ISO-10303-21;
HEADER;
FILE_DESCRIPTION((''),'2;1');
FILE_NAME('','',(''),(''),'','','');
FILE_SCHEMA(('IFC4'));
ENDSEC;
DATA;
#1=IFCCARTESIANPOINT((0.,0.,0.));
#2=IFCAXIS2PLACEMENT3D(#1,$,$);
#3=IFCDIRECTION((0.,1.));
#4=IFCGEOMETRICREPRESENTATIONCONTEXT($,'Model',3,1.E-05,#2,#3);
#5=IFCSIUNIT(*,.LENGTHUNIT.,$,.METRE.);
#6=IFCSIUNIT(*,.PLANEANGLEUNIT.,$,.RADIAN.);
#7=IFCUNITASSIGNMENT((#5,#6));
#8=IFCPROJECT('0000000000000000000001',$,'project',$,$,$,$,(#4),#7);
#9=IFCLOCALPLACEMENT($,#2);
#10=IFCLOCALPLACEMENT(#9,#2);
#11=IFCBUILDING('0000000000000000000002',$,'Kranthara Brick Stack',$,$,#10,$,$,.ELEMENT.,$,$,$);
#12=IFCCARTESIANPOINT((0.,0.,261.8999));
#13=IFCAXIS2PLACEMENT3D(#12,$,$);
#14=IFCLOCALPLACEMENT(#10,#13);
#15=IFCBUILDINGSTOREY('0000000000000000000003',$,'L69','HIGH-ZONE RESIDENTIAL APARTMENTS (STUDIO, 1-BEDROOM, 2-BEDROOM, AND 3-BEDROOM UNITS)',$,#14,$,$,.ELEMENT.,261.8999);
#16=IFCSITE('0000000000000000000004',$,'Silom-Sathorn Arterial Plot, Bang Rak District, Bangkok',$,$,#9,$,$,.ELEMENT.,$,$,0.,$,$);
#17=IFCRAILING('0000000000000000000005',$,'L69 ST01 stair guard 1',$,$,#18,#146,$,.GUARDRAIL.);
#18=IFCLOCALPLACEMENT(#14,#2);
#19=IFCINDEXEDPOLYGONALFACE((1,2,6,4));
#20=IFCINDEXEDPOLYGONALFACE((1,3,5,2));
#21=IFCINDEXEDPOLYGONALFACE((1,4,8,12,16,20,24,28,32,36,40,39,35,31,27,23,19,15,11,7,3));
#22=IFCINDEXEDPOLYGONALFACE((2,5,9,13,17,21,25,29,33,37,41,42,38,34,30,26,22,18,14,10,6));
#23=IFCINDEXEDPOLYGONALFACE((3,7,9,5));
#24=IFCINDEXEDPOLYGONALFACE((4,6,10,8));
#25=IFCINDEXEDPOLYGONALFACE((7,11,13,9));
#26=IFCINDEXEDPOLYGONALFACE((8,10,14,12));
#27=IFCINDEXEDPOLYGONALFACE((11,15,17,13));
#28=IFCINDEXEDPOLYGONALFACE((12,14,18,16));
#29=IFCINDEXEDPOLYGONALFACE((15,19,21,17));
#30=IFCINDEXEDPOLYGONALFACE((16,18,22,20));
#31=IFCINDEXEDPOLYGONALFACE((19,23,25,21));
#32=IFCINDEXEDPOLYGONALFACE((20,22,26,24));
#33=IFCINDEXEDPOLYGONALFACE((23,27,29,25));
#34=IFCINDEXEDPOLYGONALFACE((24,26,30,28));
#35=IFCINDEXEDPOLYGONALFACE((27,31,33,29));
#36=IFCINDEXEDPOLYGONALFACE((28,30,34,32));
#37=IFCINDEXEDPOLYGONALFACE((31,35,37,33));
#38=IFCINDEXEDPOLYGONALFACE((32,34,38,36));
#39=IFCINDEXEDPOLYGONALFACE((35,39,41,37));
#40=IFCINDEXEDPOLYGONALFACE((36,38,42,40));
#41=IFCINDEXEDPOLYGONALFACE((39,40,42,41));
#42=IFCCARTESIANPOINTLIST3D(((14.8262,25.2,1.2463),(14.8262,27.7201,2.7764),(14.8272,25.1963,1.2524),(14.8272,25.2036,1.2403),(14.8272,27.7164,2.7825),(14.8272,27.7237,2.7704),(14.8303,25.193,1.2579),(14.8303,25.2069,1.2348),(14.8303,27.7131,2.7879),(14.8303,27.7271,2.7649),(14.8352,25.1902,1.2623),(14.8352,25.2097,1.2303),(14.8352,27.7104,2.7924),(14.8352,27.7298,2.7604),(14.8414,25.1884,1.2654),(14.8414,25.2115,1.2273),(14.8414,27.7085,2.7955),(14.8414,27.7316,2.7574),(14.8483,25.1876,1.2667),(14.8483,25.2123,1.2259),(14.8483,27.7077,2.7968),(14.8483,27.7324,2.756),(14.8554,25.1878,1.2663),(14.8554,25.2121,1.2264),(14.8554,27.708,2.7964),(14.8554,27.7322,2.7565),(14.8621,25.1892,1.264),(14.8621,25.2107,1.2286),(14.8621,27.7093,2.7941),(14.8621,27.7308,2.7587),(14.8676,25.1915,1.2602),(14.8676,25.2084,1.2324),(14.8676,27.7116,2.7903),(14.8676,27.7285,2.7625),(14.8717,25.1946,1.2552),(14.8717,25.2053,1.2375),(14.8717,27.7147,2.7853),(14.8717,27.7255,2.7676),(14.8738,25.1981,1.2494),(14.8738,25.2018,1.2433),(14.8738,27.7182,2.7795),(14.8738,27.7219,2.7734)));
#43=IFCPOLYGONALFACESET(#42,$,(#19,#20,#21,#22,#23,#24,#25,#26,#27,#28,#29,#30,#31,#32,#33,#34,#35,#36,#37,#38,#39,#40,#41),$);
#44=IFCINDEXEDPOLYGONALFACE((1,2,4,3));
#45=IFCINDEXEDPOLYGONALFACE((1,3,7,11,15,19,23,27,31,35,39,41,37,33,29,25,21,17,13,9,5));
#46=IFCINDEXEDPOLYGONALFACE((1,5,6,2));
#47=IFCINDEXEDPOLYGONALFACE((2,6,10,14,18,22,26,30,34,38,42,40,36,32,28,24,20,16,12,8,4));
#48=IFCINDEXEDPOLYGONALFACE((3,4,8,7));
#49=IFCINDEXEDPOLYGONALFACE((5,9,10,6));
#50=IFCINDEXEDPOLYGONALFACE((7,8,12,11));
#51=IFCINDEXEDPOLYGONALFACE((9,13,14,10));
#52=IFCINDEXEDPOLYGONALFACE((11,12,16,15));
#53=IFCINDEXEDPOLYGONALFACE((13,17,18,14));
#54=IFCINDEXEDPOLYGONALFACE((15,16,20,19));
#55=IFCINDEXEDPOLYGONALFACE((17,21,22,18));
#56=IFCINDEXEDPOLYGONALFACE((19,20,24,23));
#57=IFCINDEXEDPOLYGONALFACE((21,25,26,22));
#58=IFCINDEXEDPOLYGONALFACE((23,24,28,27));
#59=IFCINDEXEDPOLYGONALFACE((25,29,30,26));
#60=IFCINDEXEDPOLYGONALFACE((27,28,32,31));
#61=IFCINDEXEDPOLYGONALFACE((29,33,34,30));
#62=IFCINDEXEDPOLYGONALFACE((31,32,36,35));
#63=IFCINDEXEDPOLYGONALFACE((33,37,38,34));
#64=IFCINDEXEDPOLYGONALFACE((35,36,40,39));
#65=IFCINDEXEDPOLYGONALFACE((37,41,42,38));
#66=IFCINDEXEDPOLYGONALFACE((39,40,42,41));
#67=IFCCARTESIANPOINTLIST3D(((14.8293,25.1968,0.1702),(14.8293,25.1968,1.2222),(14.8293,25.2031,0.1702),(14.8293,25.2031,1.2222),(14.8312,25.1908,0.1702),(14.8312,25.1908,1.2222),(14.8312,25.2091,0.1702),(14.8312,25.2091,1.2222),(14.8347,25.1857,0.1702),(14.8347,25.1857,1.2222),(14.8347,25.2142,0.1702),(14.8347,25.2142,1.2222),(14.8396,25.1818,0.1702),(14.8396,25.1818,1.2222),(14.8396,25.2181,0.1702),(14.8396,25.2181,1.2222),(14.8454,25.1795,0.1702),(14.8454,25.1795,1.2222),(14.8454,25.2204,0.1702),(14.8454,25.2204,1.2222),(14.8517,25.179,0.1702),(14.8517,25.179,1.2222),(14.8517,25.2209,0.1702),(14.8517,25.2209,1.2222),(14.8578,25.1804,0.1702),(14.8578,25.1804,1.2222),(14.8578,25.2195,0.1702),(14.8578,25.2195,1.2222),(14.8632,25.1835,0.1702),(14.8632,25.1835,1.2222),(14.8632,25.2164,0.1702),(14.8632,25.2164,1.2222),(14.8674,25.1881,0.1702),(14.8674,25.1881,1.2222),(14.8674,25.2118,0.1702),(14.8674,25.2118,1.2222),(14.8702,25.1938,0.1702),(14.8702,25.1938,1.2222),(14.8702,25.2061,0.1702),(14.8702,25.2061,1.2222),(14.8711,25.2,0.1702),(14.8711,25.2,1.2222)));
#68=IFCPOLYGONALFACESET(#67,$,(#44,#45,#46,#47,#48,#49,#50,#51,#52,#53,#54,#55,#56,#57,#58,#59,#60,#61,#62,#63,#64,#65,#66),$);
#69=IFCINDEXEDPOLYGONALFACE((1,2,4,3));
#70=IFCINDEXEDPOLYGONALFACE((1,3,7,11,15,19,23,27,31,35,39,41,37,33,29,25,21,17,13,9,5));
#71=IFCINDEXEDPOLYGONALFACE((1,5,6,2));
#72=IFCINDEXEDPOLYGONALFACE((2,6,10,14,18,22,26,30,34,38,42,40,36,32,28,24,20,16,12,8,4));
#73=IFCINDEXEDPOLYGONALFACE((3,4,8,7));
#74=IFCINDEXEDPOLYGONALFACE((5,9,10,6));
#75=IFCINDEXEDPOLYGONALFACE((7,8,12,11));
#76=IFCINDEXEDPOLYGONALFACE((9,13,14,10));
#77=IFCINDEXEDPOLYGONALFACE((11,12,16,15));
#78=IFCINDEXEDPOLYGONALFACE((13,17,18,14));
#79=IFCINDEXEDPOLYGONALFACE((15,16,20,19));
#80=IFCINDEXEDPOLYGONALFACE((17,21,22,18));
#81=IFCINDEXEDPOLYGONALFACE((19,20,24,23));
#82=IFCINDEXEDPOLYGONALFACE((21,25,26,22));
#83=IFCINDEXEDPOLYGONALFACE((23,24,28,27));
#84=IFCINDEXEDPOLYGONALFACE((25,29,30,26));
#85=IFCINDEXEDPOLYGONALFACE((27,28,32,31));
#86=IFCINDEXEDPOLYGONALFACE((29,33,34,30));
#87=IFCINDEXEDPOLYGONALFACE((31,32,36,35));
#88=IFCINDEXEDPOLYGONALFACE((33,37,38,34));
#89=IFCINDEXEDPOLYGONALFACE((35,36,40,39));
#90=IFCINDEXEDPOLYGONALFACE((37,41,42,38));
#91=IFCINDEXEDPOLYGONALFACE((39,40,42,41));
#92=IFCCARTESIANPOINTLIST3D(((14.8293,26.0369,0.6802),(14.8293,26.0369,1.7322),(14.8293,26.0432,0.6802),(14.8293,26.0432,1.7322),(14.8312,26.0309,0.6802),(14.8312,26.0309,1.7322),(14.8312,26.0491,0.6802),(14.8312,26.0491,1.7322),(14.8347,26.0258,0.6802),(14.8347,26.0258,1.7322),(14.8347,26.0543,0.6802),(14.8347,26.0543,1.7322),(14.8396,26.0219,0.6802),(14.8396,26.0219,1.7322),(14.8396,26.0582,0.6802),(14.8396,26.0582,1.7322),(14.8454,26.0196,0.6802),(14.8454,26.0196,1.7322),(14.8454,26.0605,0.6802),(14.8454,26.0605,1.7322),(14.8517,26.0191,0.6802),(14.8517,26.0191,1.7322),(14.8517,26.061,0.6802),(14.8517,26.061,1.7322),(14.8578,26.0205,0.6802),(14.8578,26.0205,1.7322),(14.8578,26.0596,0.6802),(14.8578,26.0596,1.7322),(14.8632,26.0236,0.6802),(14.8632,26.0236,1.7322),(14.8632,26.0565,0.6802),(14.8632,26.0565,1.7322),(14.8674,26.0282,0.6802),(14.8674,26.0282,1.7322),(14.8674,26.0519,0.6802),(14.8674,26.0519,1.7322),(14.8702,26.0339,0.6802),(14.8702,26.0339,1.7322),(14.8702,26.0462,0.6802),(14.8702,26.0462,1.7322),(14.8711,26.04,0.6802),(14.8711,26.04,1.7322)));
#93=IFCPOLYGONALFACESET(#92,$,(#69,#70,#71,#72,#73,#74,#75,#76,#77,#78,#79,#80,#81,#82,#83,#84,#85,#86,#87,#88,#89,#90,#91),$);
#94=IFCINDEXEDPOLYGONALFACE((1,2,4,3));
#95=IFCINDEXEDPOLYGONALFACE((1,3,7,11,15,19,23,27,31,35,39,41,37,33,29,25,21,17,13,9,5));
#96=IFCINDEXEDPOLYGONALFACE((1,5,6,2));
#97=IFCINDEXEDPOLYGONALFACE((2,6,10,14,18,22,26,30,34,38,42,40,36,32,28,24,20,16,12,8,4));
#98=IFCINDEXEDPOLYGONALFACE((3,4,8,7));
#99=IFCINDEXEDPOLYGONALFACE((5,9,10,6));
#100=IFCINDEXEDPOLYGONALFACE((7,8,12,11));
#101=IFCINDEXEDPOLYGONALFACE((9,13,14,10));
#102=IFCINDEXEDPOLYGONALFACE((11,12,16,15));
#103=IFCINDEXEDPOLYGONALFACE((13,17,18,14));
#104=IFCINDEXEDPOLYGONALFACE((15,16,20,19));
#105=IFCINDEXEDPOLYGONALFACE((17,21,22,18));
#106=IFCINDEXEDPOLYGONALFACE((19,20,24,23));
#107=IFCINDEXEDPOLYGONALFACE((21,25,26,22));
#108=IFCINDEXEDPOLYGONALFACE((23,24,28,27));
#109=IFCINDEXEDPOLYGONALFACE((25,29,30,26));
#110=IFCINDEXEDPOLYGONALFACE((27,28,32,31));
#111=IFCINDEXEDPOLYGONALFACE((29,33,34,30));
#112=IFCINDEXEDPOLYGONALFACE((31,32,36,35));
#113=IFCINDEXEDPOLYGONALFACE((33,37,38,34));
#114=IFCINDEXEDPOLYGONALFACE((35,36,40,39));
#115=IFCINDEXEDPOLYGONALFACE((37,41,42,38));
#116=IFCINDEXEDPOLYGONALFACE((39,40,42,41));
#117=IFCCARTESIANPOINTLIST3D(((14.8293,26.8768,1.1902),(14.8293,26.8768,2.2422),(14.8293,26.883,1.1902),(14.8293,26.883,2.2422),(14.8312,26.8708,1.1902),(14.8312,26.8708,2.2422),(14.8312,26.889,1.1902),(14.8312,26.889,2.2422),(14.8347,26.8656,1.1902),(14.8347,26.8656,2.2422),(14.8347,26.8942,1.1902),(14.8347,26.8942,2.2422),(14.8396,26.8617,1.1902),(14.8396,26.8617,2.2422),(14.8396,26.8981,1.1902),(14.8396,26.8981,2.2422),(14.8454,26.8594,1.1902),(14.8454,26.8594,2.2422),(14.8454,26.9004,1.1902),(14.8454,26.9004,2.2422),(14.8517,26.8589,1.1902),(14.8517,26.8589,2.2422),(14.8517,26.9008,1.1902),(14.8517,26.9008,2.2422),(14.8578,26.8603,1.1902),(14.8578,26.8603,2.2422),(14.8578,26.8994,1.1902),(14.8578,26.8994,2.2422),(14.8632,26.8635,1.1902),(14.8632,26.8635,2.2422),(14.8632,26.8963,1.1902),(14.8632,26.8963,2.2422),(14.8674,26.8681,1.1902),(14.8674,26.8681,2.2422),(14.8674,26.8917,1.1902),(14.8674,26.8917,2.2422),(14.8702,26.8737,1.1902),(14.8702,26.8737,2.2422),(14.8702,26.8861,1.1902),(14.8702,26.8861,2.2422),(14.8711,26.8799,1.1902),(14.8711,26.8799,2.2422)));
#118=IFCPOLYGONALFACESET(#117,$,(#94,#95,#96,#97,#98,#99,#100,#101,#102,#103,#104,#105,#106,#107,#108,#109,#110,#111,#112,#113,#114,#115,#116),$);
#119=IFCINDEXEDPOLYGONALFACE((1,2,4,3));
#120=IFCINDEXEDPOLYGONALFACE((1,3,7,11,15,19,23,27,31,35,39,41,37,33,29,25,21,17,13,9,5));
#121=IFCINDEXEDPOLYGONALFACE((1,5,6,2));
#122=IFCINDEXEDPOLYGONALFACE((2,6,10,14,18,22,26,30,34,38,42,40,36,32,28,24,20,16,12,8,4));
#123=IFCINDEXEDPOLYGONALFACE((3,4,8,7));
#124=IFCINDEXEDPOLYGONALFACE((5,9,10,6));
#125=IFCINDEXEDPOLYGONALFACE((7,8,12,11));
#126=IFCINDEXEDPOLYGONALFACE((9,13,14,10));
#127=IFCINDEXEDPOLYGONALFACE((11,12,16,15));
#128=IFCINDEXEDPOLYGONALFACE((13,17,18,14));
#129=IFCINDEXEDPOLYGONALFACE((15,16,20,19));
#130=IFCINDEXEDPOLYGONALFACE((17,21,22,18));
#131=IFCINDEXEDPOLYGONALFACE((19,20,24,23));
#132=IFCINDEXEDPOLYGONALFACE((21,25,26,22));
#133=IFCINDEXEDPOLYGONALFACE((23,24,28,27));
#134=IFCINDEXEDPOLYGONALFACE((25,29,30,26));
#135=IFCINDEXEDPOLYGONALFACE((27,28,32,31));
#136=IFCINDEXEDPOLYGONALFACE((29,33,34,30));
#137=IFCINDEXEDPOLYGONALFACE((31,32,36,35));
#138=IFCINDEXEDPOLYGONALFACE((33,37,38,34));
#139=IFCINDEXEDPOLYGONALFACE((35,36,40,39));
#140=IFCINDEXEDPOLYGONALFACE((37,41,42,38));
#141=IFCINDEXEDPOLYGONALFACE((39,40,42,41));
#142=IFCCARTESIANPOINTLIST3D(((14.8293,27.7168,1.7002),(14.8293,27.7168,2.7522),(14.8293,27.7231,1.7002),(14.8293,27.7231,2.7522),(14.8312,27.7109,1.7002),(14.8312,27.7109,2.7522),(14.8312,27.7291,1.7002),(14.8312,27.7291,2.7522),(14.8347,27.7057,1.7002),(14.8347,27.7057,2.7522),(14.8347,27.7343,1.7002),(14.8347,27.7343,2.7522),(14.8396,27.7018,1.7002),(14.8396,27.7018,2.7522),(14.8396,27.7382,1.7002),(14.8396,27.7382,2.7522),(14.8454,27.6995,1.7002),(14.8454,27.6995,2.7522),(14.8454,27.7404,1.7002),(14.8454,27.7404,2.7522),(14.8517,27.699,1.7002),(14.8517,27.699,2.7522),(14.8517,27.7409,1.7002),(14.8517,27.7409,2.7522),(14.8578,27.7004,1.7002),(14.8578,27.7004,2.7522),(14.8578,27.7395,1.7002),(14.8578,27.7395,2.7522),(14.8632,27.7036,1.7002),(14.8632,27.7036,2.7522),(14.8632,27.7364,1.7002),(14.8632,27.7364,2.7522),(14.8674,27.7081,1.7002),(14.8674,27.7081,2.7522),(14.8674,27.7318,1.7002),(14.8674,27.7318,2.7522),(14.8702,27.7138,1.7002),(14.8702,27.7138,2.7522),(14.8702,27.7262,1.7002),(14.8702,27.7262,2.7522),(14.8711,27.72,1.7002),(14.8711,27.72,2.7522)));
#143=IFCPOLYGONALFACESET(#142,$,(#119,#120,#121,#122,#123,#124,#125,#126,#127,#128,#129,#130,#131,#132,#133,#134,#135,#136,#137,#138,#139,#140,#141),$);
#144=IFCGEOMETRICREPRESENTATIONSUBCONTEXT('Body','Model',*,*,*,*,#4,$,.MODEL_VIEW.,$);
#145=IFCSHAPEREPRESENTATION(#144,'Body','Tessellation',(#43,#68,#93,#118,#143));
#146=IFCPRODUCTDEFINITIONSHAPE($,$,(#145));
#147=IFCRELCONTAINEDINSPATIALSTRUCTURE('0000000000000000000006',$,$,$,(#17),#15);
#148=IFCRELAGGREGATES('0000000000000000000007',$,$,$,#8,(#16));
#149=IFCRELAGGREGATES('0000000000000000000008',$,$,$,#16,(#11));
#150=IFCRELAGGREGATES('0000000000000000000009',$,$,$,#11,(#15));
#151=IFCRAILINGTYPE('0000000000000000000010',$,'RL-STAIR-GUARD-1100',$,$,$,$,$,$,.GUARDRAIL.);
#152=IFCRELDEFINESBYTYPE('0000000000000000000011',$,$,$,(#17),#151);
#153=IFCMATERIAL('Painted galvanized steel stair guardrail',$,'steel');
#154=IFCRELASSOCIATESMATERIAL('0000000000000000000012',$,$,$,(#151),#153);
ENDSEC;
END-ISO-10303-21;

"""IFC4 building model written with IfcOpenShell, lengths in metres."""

from ifc_helpers import new_model, si_unit, direction, frame, origin, origin_2d, place, context, subcontext, project, spatial, circle, extrude, material, type_object, element, save


model = new_model("IFC4")

# Units and contexts
model_context = context("Model", 3, precision=1e-05, world=origin(), true_north=direction((0.0, 1.0)))
body_context = subcontext(model_context, "Body", "Model", "MODEL_VIEW")
ifc_project = project(units=[si_unit("LENGTHUNIT", "METRE"), si_unit("PLANEANGLEUNIT", "RADIAN")], contexts=[model_context])

# Site, building, storey
site_placement = place(None, origin())
site = spatial("IfcSite", under=ifc_project, at=site_placement, Name="Silom-Sathorn Arterial Plot, Bang Rak District, Bangkok", CompositionType="ELEMENT", RefElevation=0.0)
building_placement = place(site_placement, origin())
building = spatial("IfcBuilding", under=site, at=building_placement, Name="Kranthara Brick Stack", CompositionType="ELEMENT")
storey_placement = place(building_placement, frame((0.0, 0.0, 261.8999)))
storey = spatial("IfcBuildingStorey", under=building, at=storey_placement, Name="L69", Description="HIGH-ZONE RESIDENTIAL APARTMENTS (STUDIO, 1-BEDROOM, 2-BEDROOM, AND 3-BEDROOM UNITS)", CompositionType="ELEMENT", Elevation=261.8999)

# Railing
ifc_material_1 = material(Name="Painted galvanized steel stair guardrail", Category="steel")
railing_type_1 = type_object("IfcRailingType", Name="RL-STAIR-GUARD-1100", PredefinedType="GUARDRAIL", material=ifc_material_1)
railing_1_placement = place(storey_placement, frame((14.8501, 25.2, 0.1702)))
element("IfcRailing", 1, at=railing_1_placement, inside=storey, type_object=railing_type_1, Name="L69 ST01 stair guard 1", PredefinedType="GUARDRAIL", context=body_context, shape_type="SweptSolid", body=[
    extrude(circle(Radius=0.0239, at=origin_2d()), frame((0.0, 0.0, 1.0762), z_axis=(0.0, 0.854785, 0.518982), x_axis=(-1.0, 0.0, 0.0)), (0.0, 0.0, 1.0), 2.9482),
    extrude(circle(Radius=0.021, at=origin_2d()), origin(), (0.0, 0.0, 1.0), 1.052),
    extrude(circle(Radius=0.021, at=origin_2d()), frame((0.0, 0.8401, 0.51)), (0.0, 0.0, 1.0), 1.052),
    extrude(circle(Radius=0.021, at=origin_2d()), frame((0.0, 1.6799, 1.02)), (0.0, 0.0, 1.0), 1.052),
    extrude(circle(Radius=0.021, at=origin_2d()), frame((0.0, 2.52, 1.53)), (0.0, 0.0, 1.0), 1.052),
])

save(model, "model.ifc")
